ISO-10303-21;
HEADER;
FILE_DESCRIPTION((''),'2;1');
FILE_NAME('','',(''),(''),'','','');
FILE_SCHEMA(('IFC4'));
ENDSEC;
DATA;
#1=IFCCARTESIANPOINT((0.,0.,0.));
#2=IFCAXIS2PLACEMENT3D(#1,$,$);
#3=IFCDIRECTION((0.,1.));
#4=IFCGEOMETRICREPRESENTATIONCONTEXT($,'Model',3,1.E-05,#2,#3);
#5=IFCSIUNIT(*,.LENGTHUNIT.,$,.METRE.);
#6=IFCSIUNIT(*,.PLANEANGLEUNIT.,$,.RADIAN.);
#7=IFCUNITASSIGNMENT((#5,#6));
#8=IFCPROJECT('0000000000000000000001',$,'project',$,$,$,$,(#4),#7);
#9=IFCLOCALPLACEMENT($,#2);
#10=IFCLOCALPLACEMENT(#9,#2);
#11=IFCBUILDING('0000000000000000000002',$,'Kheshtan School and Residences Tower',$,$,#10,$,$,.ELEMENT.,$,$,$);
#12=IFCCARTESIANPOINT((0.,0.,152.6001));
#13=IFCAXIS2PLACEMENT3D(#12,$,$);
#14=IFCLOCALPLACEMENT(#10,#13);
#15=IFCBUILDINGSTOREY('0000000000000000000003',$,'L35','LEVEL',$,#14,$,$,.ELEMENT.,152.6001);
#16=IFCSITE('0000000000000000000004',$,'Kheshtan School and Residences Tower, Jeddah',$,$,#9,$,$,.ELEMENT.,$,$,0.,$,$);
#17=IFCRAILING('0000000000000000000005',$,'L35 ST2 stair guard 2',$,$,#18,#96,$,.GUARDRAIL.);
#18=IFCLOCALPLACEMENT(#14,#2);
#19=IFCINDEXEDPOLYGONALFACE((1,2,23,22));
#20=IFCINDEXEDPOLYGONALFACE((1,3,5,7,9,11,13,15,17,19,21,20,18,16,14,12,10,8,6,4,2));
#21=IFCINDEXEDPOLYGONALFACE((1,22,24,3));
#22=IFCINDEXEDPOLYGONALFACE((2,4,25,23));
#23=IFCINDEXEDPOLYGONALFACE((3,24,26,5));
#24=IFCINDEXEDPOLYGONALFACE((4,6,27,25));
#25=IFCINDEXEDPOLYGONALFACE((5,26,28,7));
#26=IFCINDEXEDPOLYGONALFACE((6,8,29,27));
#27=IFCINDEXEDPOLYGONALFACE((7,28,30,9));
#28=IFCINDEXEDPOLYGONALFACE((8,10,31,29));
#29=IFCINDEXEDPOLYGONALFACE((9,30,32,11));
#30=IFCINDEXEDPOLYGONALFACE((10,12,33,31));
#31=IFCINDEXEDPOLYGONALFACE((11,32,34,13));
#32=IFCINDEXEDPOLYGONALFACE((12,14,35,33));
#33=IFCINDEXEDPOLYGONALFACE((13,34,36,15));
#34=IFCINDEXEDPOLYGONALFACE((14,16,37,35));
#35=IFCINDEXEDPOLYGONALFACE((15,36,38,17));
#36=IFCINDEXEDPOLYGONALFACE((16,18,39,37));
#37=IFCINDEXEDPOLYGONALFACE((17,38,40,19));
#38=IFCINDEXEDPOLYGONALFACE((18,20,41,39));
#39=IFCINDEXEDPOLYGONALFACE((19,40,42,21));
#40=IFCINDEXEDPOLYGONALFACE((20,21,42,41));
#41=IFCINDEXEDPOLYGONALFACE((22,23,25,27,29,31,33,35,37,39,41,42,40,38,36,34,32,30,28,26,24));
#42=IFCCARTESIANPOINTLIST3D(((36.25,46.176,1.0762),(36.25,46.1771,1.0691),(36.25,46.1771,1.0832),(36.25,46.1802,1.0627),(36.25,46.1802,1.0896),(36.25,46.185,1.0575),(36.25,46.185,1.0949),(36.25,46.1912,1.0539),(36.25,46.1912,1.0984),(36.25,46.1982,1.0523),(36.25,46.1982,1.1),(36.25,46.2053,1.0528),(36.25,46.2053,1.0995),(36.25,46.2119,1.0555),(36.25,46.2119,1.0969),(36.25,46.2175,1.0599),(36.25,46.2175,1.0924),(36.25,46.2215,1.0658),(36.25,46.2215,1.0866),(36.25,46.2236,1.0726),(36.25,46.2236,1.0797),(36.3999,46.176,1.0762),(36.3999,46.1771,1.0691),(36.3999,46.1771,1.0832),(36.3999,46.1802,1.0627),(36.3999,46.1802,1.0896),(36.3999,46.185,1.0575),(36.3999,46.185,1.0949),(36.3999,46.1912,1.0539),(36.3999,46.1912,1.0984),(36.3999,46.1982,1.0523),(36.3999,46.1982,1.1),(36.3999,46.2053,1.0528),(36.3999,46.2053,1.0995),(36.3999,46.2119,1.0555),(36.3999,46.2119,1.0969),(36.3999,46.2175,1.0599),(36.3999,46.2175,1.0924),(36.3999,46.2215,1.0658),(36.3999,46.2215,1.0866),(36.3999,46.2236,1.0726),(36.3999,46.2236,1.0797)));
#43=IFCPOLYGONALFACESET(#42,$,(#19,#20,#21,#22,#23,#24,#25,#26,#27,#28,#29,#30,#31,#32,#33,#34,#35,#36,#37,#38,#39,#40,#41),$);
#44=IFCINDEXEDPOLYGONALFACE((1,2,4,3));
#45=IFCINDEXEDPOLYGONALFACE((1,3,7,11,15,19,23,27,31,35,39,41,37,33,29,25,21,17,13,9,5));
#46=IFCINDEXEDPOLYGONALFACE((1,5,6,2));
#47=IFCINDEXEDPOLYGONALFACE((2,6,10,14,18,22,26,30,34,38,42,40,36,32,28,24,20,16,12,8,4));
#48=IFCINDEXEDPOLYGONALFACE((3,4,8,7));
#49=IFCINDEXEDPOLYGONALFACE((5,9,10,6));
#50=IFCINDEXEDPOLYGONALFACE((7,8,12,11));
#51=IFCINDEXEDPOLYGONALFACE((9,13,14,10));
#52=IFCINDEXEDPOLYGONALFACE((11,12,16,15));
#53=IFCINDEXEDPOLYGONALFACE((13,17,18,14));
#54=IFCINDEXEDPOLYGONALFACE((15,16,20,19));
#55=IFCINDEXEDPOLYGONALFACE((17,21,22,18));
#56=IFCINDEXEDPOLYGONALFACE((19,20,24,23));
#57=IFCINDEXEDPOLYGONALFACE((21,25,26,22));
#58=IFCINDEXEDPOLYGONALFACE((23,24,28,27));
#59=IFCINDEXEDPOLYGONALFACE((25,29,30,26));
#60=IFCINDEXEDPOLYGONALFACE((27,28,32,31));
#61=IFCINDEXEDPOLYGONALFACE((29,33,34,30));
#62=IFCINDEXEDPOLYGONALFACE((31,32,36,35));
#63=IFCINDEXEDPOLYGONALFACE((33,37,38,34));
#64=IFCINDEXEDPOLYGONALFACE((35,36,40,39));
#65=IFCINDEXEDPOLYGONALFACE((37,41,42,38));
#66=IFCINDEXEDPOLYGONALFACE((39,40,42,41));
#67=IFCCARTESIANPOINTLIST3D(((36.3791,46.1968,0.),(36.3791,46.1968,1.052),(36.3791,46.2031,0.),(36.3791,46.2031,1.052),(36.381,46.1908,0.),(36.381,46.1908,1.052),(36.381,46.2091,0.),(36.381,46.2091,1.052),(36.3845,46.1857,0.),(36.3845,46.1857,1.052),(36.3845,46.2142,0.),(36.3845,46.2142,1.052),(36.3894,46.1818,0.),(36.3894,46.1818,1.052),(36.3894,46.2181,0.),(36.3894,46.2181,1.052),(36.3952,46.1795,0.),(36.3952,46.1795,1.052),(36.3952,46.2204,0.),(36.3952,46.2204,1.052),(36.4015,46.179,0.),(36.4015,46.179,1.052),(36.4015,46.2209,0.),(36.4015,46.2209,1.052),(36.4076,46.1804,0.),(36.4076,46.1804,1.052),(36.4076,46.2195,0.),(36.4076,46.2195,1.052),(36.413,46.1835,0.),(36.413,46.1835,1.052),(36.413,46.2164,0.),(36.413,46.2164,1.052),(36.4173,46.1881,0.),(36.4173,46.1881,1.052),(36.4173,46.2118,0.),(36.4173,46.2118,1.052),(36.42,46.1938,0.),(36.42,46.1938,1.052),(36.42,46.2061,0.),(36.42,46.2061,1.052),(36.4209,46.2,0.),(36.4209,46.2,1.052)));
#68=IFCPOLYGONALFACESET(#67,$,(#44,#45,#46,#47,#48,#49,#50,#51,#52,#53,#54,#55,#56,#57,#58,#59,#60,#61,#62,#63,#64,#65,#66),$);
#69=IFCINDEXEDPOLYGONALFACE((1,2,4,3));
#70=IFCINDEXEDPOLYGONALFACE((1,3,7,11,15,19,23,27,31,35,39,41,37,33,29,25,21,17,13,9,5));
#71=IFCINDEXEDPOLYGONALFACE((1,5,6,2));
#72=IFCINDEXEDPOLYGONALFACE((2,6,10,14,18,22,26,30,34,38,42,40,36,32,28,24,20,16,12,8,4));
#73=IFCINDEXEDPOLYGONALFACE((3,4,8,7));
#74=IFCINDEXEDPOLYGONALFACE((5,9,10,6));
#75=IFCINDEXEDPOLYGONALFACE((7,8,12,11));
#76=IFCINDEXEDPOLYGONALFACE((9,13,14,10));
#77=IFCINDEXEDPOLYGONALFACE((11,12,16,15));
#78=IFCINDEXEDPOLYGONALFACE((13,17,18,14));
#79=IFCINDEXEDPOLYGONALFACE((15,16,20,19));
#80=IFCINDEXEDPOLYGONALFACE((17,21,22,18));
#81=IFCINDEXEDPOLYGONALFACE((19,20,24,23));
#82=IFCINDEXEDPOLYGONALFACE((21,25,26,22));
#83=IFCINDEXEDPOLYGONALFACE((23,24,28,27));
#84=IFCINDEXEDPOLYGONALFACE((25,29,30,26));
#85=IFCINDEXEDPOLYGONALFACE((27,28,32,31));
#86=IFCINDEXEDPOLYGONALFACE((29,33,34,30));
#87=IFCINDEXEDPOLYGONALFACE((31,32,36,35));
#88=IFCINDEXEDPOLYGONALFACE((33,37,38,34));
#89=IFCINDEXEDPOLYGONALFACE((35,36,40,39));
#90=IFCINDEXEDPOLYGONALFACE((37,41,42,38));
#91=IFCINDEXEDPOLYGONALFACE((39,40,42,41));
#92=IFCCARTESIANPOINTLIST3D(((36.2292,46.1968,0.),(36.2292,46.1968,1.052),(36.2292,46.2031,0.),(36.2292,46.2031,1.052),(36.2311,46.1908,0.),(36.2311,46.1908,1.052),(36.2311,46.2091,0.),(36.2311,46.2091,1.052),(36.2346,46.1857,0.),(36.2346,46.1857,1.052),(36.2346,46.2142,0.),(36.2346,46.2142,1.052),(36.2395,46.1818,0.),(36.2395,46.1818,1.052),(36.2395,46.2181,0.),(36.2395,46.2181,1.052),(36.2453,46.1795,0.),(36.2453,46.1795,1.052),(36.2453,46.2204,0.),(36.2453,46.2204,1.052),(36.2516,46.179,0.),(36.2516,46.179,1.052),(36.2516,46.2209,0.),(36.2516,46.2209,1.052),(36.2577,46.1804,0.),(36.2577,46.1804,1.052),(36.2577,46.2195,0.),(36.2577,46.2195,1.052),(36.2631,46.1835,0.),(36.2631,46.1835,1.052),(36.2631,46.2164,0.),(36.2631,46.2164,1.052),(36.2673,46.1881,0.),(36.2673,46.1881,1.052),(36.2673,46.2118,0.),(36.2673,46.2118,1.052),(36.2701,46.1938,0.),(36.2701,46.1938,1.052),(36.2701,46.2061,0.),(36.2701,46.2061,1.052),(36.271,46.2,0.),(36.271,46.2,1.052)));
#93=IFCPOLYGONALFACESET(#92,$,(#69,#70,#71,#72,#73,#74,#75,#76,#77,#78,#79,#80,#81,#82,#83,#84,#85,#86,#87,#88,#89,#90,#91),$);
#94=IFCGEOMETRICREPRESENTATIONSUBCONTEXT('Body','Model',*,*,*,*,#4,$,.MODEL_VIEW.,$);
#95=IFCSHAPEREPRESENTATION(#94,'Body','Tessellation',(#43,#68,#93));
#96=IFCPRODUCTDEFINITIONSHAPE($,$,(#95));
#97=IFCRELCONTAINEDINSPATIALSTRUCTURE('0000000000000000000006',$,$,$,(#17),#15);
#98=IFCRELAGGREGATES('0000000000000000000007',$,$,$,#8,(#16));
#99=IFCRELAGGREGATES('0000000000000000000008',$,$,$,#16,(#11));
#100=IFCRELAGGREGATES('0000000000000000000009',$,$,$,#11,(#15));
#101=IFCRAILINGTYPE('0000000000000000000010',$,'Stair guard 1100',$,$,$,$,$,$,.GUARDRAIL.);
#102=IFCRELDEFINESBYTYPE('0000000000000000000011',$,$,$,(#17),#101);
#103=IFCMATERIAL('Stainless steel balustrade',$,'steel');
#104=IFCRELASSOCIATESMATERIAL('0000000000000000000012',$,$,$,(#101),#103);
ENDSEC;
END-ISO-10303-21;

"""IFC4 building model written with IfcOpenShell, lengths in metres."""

from ifc_helpers import new_model, si_unit, direction, frame, origin, origin_2d, place, context, subcontext, project, spatial, circle, extrude, material, type_object, element, save


model = new_model("IFC4")

# Units and contexts
model_context = context("Model", 3, precision=1e-05, world=origin(), true_north=direction((0.0, 1.0)))
body_context = subcontext(model_context, "Body", "Model", "MODEL_VIEW")
ifc_project = project(units=[si_unit("LENGTHUNIT", "METRE"), si_unit("PLANEANGLEUNIT", "RADIAN")], contexts=[model_context])

# Site, building, storey
site_placement = place(None, origin())
site = spatial("IfcSite", under=ifc_project, at=site_placement, Name="Kheshtan School and Residences Tower, Jeddah", CompositionType="ELEMENT", RefElevation=0.0)
building_placement = place(site_placement, origin())
building = spatial("IfcBuilding", under=site, at=building_placement, Name="Kheshtan School and Residences Tower", CompositionType="ELEMENT")
storey_placement = place(building_placement, frame((0.0, 0.0, 152.6001)))
storey = spatial("IfcBuildingStorey", under=building, at=storey_placement, Name="L35", Description="LEVEL", CompositionType="ELEMENT", Elevation=152.6001)

# Railing
ifc_material_1 = material(Name="Stainless steel balustrade", Category="steel")
railing_type_1 = type_object("IfcRailingType", Name="Stair guard 1100", PredefinedType="GUARDRAIL", material=ifc_material_1)
railing_1_placement = place(storey_placement, frame((36.3999, 46.2, 0.0)))
element("IfcRailing", 1, at=railing_1_placement, inside=storey, type_object=railing_type_1, Name="L35 ST2 stair guard 2", PredefinedType="GUARDRAIL", context=body_context, shape_type="SweptSolid", body=[
    extrude(circle(Radius=0.0239, at=origin_2d()), frame((0.0, 0.0, 1.0762), z_axis=(-1.0, 0.0, 0.0), x_axis=(0.0, -1.0, 0.0)), (0.0, 0.0, 1.0), 0.1499),
    extrude(circle(Radius=0.021, at=origin_2d()), origin(), (0.0, 0.0, 1.0), 1.052),
    extrude(circle(Radius=0.021, at=origin_2d()), frame((-0.1499, 0.0, 0.0)), (0.0, 0.0, 1.0), 1.052),
])

save(model, "model.ifc")
